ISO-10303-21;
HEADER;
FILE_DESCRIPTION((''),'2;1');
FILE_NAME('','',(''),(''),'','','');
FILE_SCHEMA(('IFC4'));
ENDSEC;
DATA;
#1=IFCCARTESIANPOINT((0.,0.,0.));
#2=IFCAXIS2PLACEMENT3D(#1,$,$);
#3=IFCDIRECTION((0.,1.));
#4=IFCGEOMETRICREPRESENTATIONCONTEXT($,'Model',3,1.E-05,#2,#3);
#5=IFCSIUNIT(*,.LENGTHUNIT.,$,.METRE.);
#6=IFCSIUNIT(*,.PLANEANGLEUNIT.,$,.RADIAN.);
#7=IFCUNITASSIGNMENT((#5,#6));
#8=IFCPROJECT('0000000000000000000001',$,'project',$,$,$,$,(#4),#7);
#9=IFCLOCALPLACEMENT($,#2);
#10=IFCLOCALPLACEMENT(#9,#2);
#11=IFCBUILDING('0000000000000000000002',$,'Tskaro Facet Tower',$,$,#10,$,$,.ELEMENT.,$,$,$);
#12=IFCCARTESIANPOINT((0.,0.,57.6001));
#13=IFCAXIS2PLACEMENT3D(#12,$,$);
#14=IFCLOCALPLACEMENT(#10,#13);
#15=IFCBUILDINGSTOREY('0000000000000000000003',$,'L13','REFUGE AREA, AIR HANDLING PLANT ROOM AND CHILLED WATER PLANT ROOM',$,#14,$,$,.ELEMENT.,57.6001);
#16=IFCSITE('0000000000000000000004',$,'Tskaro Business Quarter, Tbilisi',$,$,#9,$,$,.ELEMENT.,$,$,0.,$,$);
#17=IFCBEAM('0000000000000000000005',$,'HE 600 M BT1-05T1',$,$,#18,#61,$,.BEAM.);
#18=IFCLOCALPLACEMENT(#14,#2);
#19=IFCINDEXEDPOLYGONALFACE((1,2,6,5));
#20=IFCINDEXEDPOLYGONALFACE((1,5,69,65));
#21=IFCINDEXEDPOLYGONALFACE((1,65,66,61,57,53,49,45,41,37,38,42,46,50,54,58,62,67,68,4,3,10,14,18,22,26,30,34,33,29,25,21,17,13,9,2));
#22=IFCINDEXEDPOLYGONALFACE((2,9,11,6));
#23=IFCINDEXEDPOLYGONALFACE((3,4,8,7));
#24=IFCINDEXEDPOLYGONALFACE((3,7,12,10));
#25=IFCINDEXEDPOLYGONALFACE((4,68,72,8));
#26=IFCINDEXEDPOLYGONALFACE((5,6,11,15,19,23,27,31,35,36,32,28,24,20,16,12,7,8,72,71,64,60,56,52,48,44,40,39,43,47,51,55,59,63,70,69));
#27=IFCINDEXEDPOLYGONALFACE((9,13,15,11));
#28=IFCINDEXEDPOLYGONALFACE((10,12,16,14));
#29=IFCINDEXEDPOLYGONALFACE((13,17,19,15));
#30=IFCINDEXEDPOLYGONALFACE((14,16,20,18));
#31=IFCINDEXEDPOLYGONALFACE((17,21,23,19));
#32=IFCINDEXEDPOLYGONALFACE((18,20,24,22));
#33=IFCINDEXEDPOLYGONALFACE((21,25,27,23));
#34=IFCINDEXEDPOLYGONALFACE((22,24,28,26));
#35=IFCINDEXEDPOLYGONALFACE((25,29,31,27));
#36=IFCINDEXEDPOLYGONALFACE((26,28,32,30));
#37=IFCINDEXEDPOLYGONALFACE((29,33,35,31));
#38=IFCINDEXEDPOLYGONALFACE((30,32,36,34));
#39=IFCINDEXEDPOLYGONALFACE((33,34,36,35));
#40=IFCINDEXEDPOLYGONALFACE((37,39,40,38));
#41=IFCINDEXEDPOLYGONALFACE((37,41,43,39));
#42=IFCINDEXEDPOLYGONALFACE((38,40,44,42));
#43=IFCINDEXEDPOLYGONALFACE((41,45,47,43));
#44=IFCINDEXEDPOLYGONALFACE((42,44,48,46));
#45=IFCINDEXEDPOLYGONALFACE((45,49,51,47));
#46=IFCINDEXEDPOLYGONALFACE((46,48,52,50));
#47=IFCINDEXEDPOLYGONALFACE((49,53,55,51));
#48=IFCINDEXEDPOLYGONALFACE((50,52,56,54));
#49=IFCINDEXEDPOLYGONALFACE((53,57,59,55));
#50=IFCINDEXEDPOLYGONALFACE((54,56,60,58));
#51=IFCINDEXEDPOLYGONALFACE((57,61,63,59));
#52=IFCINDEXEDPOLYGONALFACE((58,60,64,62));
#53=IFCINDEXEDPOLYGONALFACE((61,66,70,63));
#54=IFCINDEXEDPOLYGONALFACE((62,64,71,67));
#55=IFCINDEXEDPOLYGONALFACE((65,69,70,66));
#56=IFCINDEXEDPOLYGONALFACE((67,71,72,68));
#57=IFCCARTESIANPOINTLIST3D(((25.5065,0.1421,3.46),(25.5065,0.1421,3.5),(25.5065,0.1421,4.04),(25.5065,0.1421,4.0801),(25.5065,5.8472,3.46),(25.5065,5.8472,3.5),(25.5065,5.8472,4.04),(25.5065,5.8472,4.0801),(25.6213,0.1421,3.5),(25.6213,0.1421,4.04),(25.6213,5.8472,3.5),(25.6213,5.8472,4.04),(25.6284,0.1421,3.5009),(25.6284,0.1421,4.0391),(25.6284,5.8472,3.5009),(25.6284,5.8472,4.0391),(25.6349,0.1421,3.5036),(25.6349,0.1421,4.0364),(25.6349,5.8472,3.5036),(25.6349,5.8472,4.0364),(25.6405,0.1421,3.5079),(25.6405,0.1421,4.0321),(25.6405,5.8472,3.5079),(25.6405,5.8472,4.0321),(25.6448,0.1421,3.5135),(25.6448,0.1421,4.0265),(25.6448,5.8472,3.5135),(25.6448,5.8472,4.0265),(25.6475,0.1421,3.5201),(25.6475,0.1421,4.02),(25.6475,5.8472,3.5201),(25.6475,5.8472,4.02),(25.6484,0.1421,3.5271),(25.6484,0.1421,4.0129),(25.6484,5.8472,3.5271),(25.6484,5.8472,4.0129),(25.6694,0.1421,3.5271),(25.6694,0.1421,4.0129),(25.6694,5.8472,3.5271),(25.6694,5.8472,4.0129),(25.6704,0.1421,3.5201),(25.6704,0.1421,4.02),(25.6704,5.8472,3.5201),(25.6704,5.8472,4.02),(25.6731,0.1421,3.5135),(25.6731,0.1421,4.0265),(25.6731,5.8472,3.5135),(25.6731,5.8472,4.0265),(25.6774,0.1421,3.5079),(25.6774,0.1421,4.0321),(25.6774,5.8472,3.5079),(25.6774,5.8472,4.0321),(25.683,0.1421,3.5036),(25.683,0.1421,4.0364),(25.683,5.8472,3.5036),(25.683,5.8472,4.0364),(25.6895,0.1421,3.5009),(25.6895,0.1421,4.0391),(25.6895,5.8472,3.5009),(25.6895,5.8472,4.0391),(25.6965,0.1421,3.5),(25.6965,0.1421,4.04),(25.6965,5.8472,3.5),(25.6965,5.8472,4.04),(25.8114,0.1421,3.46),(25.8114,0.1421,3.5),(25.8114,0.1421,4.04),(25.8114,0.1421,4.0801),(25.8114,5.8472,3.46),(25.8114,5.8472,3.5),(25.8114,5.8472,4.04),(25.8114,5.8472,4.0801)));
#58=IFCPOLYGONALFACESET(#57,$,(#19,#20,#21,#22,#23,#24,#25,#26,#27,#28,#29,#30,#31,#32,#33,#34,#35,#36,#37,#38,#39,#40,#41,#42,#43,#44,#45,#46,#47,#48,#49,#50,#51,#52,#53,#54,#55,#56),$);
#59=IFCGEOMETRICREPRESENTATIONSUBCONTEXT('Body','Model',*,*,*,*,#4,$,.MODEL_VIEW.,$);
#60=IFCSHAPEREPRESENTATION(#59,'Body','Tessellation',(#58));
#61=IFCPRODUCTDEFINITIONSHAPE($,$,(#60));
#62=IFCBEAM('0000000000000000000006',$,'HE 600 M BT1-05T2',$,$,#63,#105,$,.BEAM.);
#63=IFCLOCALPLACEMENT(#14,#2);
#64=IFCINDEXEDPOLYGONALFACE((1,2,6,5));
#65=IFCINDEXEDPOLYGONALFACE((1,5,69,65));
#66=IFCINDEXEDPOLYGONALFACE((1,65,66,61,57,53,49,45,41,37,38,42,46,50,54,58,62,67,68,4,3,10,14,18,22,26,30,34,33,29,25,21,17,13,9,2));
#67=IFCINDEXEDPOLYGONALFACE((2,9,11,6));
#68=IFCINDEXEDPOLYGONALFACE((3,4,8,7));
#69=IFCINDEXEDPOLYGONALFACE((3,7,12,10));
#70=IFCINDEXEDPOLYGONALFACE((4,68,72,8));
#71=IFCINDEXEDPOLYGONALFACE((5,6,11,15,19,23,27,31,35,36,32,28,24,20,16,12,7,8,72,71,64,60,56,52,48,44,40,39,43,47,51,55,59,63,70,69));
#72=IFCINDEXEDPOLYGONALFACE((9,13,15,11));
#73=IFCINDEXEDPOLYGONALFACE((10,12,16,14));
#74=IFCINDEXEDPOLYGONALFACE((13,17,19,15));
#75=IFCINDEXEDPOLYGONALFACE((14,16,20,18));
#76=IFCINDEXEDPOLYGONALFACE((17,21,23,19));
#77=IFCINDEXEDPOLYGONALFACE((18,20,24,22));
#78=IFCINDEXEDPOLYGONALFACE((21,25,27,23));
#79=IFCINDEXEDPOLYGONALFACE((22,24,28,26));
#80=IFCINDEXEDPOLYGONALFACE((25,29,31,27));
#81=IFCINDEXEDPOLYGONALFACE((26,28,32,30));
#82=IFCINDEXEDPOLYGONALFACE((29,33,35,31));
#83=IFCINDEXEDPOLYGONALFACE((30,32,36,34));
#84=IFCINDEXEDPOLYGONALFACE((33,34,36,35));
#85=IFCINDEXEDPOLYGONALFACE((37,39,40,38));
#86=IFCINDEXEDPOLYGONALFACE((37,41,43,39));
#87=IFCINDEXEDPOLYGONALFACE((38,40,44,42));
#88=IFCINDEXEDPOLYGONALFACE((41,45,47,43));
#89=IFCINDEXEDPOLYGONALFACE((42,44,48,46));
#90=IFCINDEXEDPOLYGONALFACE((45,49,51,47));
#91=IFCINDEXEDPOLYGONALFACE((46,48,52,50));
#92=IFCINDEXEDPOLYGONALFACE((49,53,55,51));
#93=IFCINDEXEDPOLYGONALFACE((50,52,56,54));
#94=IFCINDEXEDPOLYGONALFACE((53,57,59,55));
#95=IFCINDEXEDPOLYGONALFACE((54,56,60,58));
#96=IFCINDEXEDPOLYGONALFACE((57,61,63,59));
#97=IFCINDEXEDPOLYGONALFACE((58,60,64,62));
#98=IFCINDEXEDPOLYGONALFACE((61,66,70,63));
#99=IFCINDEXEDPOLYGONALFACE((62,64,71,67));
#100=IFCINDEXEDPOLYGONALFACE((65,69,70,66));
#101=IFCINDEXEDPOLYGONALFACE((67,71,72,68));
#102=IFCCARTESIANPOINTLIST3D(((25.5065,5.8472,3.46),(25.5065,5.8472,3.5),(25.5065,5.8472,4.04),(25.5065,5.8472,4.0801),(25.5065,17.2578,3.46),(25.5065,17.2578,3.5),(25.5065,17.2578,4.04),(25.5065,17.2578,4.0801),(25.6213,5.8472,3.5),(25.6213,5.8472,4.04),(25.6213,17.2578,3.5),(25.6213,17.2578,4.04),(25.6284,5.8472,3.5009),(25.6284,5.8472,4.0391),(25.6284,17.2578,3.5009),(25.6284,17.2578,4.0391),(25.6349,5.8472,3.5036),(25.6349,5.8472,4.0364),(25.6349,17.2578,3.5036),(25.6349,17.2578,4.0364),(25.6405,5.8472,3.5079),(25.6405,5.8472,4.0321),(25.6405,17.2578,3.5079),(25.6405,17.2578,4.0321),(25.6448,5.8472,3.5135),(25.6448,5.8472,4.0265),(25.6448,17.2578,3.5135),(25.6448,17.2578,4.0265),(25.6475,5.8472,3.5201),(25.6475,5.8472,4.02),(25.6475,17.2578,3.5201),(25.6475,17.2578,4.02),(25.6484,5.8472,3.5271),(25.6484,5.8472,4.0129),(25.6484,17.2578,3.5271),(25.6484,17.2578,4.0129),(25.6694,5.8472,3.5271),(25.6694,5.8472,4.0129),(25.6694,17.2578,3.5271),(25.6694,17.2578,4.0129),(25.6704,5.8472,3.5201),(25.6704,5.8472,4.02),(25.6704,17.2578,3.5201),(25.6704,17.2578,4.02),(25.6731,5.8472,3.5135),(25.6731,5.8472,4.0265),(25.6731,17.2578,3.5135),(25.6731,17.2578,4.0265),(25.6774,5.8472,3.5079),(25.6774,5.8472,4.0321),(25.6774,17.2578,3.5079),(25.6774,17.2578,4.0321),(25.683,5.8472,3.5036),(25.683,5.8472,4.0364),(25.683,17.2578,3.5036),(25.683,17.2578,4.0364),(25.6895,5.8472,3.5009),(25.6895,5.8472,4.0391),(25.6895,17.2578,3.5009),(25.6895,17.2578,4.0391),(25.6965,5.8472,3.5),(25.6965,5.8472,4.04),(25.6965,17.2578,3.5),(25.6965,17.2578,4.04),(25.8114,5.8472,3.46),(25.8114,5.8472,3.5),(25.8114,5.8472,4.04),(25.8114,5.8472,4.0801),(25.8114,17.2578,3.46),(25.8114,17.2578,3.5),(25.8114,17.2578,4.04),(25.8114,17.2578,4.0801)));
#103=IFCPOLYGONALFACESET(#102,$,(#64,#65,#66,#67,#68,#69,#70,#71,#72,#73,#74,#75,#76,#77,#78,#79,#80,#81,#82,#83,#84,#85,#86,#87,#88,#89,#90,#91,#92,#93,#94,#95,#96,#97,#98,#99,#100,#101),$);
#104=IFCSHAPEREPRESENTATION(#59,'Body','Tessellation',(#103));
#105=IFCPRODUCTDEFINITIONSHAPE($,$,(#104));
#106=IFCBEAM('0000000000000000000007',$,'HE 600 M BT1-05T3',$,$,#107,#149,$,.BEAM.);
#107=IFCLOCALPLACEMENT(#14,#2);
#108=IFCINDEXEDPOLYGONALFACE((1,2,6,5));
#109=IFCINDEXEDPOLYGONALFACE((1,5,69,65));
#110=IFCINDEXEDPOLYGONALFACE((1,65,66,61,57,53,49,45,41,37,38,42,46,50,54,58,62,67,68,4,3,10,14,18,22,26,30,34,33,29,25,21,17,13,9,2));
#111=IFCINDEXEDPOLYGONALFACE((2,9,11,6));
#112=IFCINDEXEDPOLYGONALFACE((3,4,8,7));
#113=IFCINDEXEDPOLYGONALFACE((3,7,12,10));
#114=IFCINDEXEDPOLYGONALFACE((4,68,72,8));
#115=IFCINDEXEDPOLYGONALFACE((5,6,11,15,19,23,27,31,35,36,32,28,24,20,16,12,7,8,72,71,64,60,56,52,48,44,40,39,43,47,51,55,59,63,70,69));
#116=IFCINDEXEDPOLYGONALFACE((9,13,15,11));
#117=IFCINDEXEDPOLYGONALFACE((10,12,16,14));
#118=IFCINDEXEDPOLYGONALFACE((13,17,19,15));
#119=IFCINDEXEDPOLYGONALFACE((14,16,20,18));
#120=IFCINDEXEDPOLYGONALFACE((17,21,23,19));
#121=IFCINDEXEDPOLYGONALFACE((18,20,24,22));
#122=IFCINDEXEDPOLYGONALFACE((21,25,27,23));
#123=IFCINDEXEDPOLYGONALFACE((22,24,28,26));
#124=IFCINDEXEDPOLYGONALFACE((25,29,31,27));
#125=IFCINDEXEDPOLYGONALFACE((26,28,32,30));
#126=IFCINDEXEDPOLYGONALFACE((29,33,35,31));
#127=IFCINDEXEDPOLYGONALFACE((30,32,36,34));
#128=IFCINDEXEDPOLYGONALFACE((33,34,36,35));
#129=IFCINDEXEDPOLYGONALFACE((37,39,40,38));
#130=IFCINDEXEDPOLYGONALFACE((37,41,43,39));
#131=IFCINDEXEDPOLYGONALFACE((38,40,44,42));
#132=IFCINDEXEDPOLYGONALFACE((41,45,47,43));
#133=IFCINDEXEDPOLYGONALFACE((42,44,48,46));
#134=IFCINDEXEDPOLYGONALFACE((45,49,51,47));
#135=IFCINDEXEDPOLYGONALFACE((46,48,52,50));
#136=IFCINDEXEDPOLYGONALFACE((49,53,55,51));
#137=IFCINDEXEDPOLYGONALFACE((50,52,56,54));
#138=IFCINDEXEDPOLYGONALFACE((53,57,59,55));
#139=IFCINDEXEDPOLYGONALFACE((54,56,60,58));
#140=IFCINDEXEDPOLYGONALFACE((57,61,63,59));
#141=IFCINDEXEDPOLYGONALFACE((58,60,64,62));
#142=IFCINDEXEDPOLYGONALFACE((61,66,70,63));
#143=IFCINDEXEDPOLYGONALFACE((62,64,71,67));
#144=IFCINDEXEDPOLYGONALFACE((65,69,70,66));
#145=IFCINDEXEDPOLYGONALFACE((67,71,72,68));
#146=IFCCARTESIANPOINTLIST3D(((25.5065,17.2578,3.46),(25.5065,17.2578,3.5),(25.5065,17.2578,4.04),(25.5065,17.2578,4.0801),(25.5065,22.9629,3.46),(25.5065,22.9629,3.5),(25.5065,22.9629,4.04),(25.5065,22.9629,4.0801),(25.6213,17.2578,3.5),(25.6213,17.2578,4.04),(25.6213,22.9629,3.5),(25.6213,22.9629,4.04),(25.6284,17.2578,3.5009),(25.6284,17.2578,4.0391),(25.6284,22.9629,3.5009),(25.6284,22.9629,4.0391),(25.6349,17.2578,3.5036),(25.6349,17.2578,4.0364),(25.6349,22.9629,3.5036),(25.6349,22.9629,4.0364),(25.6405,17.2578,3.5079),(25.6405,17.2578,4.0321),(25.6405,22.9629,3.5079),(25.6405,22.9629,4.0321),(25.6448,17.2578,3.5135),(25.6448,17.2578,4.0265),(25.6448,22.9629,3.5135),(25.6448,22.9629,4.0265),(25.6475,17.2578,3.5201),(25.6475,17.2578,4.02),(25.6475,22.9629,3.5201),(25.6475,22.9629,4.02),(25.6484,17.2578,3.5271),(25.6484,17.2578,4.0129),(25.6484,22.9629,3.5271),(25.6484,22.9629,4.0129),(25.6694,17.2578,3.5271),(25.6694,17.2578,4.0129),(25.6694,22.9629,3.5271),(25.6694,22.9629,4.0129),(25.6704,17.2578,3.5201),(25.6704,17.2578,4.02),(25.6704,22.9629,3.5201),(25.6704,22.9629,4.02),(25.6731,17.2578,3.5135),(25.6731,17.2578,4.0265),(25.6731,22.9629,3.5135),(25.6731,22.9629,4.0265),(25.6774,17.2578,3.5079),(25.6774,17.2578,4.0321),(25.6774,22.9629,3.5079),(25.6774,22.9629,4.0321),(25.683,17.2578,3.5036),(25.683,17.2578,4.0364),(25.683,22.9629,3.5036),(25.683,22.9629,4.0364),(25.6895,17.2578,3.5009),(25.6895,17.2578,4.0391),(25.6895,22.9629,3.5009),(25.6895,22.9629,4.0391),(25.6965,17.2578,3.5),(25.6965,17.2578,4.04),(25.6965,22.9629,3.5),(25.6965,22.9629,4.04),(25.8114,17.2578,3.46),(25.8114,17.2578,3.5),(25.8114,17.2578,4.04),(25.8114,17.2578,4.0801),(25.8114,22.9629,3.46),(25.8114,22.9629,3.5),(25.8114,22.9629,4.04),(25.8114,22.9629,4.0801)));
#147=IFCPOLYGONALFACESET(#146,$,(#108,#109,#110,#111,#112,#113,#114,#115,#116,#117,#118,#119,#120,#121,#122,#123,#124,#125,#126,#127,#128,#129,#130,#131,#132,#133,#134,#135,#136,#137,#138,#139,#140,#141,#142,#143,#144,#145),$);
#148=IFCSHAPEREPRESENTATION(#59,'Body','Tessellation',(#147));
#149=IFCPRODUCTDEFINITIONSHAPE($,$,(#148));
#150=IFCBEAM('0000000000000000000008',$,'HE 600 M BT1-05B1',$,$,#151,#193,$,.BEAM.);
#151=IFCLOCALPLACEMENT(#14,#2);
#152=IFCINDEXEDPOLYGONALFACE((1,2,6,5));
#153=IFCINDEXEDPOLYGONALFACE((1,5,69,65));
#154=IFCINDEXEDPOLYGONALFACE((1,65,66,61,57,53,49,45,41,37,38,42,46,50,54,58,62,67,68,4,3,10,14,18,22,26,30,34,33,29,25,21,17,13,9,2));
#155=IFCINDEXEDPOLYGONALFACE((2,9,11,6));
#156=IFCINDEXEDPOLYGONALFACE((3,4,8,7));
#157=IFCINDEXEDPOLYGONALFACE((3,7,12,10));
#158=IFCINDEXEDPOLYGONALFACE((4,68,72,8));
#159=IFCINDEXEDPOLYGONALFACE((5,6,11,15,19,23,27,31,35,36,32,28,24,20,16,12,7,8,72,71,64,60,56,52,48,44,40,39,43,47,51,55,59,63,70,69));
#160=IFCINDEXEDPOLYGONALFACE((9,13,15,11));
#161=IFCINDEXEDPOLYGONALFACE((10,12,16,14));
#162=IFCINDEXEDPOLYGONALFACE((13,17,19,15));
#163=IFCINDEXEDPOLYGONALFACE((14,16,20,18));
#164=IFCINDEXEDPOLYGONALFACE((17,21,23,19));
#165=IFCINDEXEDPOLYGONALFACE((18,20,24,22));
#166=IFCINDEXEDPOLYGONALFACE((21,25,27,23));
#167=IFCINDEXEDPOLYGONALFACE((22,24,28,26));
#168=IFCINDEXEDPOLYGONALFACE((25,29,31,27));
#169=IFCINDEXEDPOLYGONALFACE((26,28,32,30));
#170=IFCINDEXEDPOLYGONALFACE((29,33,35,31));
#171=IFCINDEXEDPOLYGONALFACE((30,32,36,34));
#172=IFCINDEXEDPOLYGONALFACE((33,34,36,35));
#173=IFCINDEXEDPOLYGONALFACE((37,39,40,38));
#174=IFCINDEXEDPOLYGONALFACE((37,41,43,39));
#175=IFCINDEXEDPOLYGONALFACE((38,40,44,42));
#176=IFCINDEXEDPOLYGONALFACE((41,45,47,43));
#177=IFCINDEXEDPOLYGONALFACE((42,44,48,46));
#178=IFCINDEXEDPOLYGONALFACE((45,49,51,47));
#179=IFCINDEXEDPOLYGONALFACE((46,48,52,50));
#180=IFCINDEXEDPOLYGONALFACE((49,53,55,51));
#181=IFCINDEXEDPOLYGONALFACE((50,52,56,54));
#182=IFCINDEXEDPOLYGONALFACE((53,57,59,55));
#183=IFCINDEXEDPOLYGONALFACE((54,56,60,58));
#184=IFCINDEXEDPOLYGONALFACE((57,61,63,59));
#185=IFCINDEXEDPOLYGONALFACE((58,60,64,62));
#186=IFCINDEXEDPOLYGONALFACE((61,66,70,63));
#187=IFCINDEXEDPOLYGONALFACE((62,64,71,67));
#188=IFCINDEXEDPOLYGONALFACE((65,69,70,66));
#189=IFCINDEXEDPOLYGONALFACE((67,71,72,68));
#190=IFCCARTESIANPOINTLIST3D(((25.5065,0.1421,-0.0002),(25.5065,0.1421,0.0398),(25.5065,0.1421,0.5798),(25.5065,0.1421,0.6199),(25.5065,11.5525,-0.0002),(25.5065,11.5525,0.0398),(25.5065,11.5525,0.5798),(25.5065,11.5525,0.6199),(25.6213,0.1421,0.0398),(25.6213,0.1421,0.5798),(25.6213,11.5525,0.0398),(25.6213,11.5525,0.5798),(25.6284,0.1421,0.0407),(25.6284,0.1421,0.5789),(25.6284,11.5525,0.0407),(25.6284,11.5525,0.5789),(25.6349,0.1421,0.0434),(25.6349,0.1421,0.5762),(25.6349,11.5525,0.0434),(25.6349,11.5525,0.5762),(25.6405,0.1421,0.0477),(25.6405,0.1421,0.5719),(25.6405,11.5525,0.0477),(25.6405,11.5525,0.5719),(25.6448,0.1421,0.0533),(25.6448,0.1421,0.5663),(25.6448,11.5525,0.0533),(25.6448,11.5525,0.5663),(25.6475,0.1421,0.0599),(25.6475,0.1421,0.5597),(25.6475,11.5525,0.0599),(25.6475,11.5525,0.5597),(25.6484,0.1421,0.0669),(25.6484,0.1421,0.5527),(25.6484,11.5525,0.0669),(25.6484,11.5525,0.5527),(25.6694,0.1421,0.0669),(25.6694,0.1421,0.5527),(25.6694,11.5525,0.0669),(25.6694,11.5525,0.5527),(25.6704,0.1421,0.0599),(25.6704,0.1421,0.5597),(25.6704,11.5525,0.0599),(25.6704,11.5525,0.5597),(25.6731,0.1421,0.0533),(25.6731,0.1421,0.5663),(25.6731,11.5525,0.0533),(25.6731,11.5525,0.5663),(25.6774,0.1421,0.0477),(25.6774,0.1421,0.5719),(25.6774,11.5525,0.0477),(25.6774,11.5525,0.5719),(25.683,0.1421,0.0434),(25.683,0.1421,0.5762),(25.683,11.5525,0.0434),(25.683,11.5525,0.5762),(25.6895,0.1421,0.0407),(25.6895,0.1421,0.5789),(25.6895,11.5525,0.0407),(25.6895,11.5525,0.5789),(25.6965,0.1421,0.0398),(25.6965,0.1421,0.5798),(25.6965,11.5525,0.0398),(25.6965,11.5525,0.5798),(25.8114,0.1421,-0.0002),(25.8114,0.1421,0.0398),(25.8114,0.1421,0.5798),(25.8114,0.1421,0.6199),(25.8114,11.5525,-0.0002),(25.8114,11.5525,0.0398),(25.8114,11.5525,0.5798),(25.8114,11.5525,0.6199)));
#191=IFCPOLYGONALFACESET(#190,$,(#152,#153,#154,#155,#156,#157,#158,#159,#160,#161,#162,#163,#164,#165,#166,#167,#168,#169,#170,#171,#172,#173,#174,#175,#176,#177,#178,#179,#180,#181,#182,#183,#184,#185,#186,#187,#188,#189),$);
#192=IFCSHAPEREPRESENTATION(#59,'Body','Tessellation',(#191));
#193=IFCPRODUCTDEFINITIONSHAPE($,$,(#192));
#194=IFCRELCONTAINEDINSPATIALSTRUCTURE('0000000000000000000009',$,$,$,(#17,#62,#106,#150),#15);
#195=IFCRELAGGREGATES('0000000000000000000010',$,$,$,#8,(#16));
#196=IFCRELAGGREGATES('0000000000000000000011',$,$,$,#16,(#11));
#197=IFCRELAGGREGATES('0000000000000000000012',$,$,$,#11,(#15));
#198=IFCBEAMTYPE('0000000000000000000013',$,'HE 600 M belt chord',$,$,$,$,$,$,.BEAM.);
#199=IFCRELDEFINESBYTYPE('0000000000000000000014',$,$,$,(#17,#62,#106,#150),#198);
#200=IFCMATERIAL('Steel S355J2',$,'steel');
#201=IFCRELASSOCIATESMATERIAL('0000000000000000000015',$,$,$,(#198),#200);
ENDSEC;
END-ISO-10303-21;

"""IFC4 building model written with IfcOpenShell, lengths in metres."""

from ifc_helpers import new_model, si_unit, direction, frame, origin, origin_2d, place, context, subcontext, project, spatial, i_section, extrude, material, material_profile, profile_set, type_object, element, save


model = new_model("IFC4")

# Units and contexts
model_context = context("Model", 3, precision=1e-05, world=origin(), true_north=direction((0.0, 1.0)))
body_context = subcontext(model_context, "Body", "Model", "MODEL_VIEW")
ifc_project = project(units=[si_unit("LENGTHUNIT", "METRE"), si_unit("PLANEANGLEUNIT", "RADIAN")], contexts=[model_context])

# Site, building, storey
site_placement = place(None, origin())
site = spatial("IfcSite", under=ifc_project, at=site_placement, Name="Tskaro Business Quarter, Tbilisi", CompositionType="ELEMENT", RefElevation=0.0)
building_placement = place(site_placement, origin())
building = spatial("IfcBuilding", under=site, at=building_placement, Name="Tskaro Facet Tower", CompositionType="ELEMENT")
storey_placement = place(building_placement, frame((0.0, 0.0, 57.6001)))
storey = spatial("IfcBuildingStorey", under=building, at=storey_placement, Name="L13", Description="REFUGE AREA, AIR HANDLING PLANT ROOM AND CHILLED WATER PLANT ROOM", CompositionType="ELEMENT", Elevation=57.6001)

# Shared definitions
ifc_material_1 = material(Name="Steel S355J2", Category="steel")

# Beams
ifc_material_profile_1 = material_profile(ifc_material_1, i_section(OverallWidth=0.3049, OverallDepth=0.6201, WebThickness=0.021, FlangeThickness=0.04, FilletRadius=0.0271, at=origin_2d()), Name="HE 600 M")
ifc_profile_set_1 = profile_set([ifc_material_profile_1], Name="Steel S355J2")
beam_type_1 = type_object("IfcBeamType", Name="HE 600 M belt chord", PredefinedType="BEAM", material=ifc_profile_set_1)
beam_1_placement = place(storey_placement, frame((25.6589, 0.1421, 3.77), z_axis=(0.0, 1.0, 0.0), x_axis=(-1.0, 0.0, 0.0)))
element("IfcBeam", 1, at=beam_1_placement, inside=storey, type_object=beam_type_1, Name="HE 600 M BT1-05T1", PredefinedType="BEAM", context=body_context, shape_type="SweptSolid", body=[
    extrude(i_section(OverallWidth=0.3049, OverallDepth=0.6201, WebThickness=0.021, FlangeThickness=0.04, FilletRadius=0.0271, at=origin_2d()), origin(), (0.0, 0.0, 1.0), 5.7051),
])
beam_2_placement = place(storey_placement, frame((25.6589, 5.8472, 3.77), z_axis=(0.0, 1.0, 0.0), x_axis=(-1.0, 0.0, 0.0)))
element("IfcBeam", 2, at=beam_2_placement, inside=storey, type_object=beam_type_1, Name="HE 600 M BT1-05T2", PredefinedType="BEAM", context=body_context, shape_type="SweptSolid", body=[
    extrude(i_section(OverallWidth=0.3049, OverallDepth=0.6201, WebThickness=0.021, FlangeThickness=0.04, FilletRadius=0.0271, at=origin_2d()), origin(), (0.0, 0.0, 1.0), 11.4106),
])
beam_3_placement = place(storey_placement, frame((25.6589, 17.2578, 3.77), z_axis=(0.0, 1.0, 0.0), x_axis=(-1.0, 0.0, 0.0)))
element("IfcBeam", 3, at=beam_3_placement, inside=storey, type_object=beam_type_1, Name="HE 600 M BT1-05T3", PredefinedType="BEAM", context=body_context, shape_type="SweptSolid", body=[
    extrude(i_section(OverallWidth=0.3049, OverallDepth=0.6201, WebThickness=0.021, FlangeThickness=0.04, FilletRadius=0.0271, at=origin_2d()), origin(), (0.0, 0.0, 1.0), 5.7051),
])
for number, where, z_axis, x_axis, name in (
    (4, (25.6589, 0.1421, 0.3098), (0.0, 1.0, 0.0), (-1.0, 0.0, 0.0), "HE 600 M BT1-05B1"),
):
    element("IfcBeam", number, at=place(storey_placement, frame(where, z_axis=z_axis, x_axis=x_axis)), inside=storey, type_object=beam_type_1, Name=name, PredefinedType="BEAM", context=body_context, shape_type="SweptSolid", body=[
        extrude(i_section(OverallWidth=0.3049, OverallDepth=0.6201, WebThickness=0.021, FlangeThickness=0.04, FilletRadius=0.0271, at=origin_2d()), origin(), (0.0, 0.0, 1.0), 11.4104),
    ])

save(model, "model.ifc")
